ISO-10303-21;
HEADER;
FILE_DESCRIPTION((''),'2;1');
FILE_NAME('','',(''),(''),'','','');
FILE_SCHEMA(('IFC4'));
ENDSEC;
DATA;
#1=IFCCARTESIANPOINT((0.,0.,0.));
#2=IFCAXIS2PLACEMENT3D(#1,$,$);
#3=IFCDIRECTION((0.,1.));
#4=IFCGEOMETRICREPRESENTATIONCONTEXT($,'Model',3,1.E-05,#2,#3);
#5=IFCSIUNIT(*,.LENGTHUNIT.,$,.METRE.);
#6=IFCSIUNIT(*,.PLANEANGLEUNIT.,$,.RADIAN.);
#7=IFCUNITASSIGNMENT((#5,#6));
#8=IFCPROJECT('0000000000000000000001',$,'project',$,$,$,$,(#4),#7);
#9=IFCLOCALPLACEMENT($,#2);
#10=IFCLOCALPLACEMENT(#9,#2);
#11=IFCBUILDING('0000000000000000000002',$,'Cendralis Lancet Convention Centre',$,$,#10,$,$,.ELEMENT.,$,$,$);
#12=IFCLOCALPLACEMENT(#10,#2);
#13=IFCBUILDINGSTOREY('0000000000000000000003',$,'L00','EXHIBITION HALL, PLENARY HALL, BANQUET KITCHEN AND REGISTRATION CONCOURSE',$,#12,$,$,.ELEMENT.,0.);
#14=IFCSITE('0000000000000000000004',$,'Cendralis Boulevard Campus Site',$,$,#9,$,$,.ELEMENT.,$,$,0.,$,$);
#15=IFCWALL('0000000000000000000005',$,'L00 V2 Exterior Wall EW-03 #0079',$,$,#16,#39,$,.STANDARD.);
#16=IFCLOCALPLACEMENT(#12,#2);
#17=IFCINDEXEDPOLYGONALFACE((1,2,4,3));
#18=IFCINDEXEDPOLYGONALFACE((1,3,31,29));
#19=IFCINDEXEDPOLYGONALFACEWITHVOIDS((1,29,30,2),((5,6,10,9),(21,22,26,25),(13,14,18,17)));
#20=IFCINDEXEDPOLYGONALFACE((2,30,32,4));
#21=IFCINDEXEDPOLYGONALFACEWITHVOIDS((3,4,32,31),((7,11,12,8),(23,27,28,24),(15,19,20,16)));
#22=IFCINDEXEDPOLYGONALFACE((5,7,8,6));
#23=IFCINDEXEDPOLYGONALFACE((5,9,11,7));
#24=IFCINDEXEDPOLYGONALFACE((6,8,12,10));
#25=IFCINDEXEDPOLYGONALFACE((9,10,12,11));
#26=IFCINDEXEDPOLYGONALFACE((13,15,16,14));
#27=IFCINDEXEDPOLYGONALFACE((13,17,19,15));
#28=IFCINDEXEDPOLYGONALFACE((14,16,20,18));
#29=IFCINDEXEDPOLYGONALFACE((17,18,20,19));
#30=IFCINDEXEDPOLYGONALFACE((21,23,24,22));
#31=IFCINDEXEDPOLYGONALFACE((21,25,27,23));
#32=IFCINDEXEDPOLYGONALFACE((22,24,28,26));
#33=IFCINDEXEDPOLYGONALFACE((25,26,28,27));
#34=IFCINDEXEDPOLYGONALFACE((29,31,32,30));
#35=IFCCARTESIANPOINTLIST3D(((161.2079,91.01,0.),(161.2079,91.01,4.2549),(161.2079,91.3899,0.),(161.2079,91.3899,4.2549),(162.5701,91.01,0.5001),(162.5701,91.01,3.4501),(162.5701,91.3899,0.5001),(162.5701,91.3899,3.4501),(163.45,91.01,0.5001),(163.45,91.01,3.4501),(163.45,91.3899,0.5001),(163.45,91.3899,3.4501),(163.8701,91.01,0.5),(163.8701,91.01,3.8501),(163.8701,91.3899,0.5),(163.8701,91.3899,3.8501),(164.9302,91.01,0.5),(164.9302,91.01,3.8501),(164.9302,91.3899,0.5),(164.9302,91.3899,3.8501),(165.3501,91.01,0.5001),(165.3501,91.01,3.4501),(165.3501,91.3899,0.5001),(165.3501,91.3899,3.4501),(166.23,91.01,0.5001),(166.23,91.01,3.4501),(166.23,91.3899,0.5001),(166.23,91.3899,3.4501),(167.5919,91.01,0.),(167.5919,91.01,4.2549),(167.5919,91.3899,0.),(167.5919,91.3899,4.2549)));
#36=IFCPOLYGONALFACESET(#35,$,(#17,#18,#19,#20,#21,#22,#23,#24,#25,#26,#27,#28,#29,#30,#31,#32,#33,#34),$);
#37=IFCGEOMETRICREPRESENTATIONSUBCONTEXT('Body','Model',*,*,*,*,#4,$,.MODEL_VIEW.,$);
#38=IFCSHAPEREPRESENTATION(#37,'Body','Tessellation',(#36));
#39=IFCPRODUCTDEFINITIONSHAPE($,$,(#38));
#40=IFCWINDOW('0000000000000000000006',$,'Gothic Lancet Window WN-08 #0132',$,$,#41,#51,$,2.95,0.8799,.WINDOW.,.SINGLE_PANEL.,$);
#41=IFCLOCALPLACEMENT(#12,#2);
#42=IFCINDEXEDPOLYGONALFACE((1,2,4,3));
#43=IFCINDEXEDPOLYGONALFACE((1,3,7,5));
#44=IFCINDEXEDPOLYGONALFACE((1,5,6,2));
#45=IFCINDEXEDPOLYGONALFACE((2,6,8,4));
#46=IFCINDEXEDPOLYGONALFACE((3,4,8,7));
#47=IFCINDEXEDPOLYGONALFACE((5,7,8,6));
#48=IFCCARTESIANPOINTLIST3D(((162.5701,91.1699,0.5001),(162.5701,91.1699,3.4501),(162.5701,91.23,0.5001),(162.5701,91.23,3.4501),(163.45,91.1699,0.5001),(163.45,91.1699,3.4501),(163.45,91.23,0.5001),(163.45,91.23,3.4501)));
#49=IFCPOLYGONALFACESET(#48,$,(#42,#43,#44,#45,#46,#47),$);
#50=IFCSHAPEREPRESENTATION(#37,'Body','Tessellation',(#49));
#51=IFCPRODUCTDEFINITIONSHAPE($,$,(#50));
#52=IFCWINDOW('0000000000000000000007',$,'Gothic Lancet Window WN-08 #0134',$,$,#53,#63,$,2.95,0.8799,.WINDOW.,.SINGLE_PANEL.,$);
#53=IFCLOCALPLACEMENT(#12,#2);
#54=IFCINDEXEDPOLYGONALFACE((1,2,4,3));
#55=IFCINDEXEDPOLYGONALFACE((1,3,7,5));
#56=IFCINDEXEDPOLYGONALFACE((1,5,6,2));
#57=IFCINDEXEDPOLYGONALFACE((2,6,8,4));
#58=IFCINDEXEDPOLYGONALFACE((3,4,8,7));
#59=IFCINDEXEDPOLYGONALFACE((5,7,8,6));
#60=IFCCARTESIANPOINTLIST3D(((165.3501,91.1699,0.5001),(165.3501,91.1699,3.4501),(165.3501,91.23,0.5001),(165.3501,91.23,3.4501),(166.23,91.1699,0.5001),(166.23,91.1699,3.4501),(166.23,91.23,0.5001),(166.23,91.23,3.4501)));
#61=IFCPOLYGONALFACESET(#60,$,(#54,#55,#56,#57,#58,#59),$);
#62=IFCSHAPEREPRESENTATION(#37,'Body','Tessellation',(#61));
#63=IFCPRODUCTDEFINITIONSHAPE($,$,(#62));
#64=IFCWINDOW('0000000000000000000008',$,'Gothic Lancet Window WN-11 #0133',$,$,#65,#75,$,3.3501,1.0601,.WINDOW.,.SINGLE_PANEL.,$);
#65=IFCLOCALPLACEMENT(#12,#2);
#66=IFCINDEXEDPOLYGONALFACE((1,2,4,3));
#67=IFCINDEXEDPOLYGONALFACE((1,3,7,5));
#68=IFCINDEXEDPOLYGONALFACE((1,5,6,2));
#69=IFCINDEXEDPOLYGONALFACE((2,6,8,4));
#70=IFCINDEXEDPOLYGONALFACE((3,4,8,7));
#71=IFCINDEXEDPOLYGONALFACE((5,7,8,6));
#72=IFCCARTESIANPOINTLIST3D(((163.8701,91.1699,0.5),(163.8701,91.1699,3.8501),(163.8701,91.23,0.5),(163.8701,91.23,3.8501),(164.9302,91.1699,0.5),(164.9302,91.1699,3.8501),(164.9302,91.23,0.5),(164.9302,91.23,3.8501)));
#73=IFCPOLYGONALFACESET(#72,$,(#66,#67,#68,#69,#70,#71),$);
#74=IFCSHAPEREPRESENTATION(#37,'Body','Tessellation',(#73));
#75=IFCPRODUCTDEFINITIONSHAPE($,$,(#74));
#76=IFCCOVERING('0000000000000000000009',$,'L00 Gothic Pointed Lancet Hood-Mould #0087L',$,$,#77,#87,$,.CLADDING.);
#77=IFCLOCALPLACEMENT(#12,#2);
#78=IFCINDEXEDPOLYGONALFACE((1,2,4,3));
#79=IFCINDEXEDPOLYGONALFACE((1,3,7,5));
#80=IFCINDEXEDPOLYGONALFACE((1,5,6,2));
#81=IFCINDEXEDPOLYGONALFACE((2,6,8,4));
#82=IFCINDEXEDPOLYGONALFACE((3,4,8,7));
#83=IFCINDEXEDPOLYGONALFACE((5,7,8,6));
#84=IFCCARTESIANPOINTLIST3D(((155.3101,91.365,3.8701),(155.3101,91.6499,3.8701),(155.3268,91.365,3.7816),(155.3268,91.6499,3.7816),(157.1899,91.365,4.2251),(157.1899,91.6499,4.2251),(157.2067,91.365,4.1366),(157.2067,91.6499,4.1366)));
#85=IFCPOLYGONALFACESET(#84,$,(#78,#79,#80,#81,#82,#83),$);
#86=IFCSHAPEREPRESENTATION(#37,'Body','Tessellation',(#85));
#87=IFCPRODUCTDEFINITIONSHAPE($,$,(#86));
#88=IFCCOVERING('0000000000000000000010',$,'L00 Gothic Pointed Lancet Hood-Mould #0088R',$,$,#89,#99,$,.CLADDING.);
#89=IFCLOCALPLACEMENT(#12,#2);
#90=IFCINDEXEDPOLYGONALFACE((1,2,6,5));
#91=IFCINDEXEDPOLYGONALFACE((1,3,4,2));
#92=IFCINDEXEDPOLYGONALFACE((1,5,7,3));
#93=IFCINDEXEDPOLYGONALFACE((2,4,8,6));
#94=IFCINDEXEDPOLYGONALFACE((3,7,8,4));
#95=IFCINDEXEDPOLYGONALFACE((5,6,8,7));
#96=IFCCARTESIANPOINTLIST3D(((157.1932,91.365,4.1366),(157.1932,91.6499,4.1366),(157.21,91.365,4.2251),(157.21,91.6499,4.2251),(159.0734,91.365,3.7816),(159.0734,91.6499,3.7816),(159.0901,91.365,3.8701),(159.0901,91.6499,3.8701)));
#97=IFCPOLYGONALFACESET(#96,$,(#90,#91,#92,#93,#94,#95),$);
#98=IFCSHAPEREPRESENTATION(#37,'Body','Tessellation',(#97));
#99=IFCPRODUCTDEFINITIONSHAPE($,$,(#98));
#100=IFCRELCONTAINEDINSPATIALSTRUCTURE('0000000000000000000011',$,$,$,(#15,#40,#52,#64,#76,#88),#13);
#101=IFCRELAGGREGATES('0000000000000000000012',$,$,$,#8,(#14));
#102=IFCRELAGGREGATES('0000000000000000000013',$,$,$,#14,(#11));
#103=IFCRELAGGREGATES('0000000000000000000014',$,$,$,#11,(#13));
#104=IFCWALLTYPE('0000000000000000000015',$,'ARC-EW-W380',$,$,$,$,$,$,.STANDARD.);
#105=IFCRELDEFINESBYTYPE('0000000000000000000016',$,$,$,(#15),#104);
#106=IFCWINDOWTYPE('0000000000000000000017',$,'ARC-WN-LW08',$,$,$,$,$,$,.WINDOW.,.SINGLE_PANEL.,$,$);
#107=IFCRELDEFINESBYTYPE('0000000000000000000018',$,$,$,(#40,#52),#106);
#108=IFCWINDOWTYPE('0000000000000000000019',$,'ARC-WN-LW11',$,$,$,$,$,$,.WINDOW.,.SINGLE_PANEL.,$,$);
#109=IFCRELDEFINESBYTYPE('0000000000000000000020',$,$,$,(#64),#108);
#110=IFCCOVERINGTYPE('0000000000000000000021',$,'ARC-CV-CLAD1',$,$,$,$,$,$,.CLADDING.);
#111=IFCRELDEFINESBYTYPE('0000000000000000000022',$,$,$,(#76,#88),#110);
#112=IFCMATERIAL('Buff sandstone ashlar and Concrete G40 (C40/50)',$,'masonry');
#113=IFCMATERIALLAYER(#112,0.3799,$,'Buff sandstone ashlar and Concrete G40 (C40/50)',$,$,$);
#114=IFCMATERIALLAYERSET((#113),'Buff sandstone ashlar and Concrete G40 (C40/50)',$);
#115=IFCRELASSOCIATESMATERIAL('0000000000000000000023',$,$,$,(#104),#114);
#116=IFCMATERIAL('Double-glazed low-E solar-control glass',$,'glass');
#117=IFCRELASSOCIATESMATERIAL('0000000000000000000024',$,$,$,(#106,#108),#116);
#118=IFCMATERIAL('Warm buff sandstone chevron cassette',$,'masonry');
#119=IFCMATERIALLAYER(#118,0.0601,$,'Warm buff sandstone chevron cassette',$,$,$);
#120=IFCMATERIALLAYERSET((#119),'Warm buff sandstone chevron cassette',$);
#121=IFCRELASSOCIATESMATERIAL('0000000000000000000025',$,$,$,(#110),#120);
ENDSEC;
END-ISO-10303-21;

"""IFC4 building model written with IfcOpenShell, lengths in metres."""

from ifc_helpers import new_model, si_unit, direction, frame, frame_2d, origin, place, context, subcontext, project, spatial, polyline, rectangle, outline, extrude, material, layer, layer_set, type_object, element, fill, save


model = new_model("IFC4")

# Units and contexts
model_context = context("Model", 3, precision=1e-05, world=origin(), true_north=direction((0.0, 1.0)))
body_context = subcontext(model_context, "Body", "Model", "MODEL_VIEW")
ifc_project = project(units=[si_unit("LENGTHUNIT", "METRE"), si_unit("PLANEANGLEUNIT", "RADIAN")], contexts=[model_context])

# Site, building, storey
site_placement = place(None, origin())
site = spatial("IfcSite", under=ifc_project, at=site_placement, Name="Cendralis Boulevard Campus Site", CompositionType="ELEMENT", RefElevation=0.0)
building_placement = place(site_placement, origin())
building = spatial("IfcBuilding", under=site, at=building_placement, Name="Cendralis Lancet Convention Centre", CompositionType="ELEMENT")
storey_placement = place(building_placement, origin())
storey = spatial("IfcBuildingStorey", under=building, at=storey_placement, Name="L00", Description="EXHIBITION HALL, PLENARY HALL, BANQUET KITCHEN AND REGISTRATION CONCOURSE", CompositionType="ELEMENT", Elevation=0.0)

# Wall, openings, windows
ifc_material_1 = material(Name="Buff sandstone ashlar and Concrete G40 (C40/50)", Category="masonry")
ifc_layer_1 = layer(ifc_material_1, 0.3799, Name="Buff sandstone ashlar and Concrete G40 (C40/50)")
ifc_layer_set_1 = layer_set([ifc_layer_1], Name="Buff sandstone ashlar and Concrete G40 (C40/50)")
wall_type = type_object("IfcWallType", Name="ARC-EW-W380", PredefinedType="STANDARD", material=ifc_layer_set_1)
wall_placement = place(storey_placement, frame((161.208, 91.2, 0.0), z_axis=(0.0, 0.0, 1.0), x_axis=(1.0, 0.0, 0.0)))
wall = element("IfcWall", 1, at=wall_placement, inside=storey, type_object=wall_type, Name="L00 V2 Exterior Wall EW-03 #0079", PredefinedType="STANDARD", context=body_context, shape_type="SweptSolid", body=[
    extrude(rectangle(XDim=6.384, YDim=0.3799, at=frame_2d((3.1919, 0.0))), origin(), (0.0, 0.0, 1.0), 4.2549),
])
opening_1_placement = place(wall_placement, frame((1.3621, 0.0, 0.5)))
opening_1 = element("IfcOpeningElement", 2, at=opening_1_placement, cuts=wall, PredefinedType="OPENING", context=body_context, shape_type="SweptSolid", body=[
    extrude(rectangle(XDim=0.8799, YDim=2.95, at=frame_2d((0.4399, 1.4751))), frame((0.0, 0.2, 0.0), z_axis=(0.0, -1.0, 0.0), x_axis=(1.0, 0.0, 0.0)), (0.0, 0.0, 1.0), 0.3999),
])
opening_2_placement = place(wall_placement, frame((2.6621, 0.0, 0.5)))
opening_2 = element("IfcOpeningElement", 3, at=opening_2_placement, cuts=wall, PredefinedType="OPENING", context=body_context, shape_type="SweptSolid", body=[
    extrude(rectangle(XDim=1.0601, YDim=3.3501, at=frame_2d((0.53, 1.675))), frame((0.0, 0.2, 0.0), z_axis=(0.0, -1.0, 0.0), x_axis=(1.0, 0.0, 0.0)), (0.0, 0.0, 1.0), 0.3999),
])
opening_3_placement = place(wall_placement, frame((4.1421, 0.0, 0.5)))
opening_3 = element("IfcOpeningElement", 4, at=opening_3_placement, cuts=wall, PredefinedType="OPENING", context=body_context, shape_type="SweptSolid", body=[
    extrude(rectangle(XDim=0.8799, YDim=2.95, at=frame_2d((0.4399, 1.4751))), frame((0.0, 0.2, 0.0), z_axis=(0.0, -1.0, 0.0), x_axis=(1.0, 0.0, 0.0)), (0.0, 0.0, 1.0), 0.3999),
])
ifc_material_2 = material(Name="Double-glazed low-E solar-control glass", Category="glass")
window_type_1 = type_object("IfcWindowType", Name="ARC-WN-LW08", PartitioningType="SINGLE_PANEL", PredefinedType="WINDOW", material=ifc_material_2)
window_1_placement = place(opening_1_placement, origin())
window_1 = element("IfcWindow", 5, at=window_1_placement, inside=storey, type_object=window_type_1, Name="Gothic Lancet Window WN-08 #0132", OverallHeight=2.95, OverallWidth=0.8799, PartitioningType="SINGLE_PANEL", PredefinedType="WINDOW", context=body_context, shape_type="SweptSolid", body=[
    extrude(rectangle(XDim=0.8799, YDim=2.95, at=frame_2d((0.4399, 1.4751))), frame((0.0, 0.03, 0.0), z_axis=(0.0, -1.0, 0.0), x_axis=(1.0, 0.0, 0.0)), (0.0, 0.0, 1.0), 0.0601),
])
fill(opening_1, window_1)
window_2_placement = place(opening_3_placement, origin())
window_2 = element("IfcWindow", 6, at=window_2_placement, inside=storey, type_object=window_type_1, Name="Gothic Lancet Window WN-08 #0134", OverallHeight=2.95, OverallWidth=0.8799, PartitioningType="SINGLE_PANEL", PredefinedType="WINDOW", context=body_context, shape_type="SweptSolid", body=[
    extrude(rectangle(XDim=0.8799, YDim=2.95, at=frame_2d((0.4399, 1.4751))), frame((0.0, 0.03, 0.0), z_axis=(0.0, -1.0, 0.0), x_axis=(1.0, 0.0, 0.0)), (0.0, 0.0, 1.0), 0.0601),
])
fill(opening_3, window_2)
window_type_2 = type_object("IfcWindowType", Name="ARC-WN-LW11", PartitioningType="SINGLE_PANEL", PredefinedType="WINDOW", material=ifc_material_2)
window_3_placement = place(opening_2_placement, origin())
window_3 = element("IfcWindow", 7, at=window_3_placement, inside=storey, type_object=window_type_2, Name="Gothic Lancet Window WN-11 #0133", OverallHeight=3.3501, OverallWidth=1.0601, PartitioningType="SINGLE_PANEL", PredefinedType="WINDOW", context=body_context, shape_type="SweptSolid", body=[
    extrude(rectangle(XDim=1.0601, YDim=3.3501, at=frame_2d((0.53, 1.675))), frame((0.0, 0.03, 0.0), z_axis=(0.0, -1.0, 0.0), x_axis=(1.0, 0.0, 0.0)), (0.0, 0.0, 1.0), 0.0601),
])
fill(opening_2, window_3)

# Coverings
ifc_material_3 = material(Name="Warm buff sandstone chevron cassette", Category="masonry")
ifc_layer_2 = layer(ifc_material_3, 0.0601, Name="Warm buff sandstone chevron cassette")
ifc_layer_set_2 = layer_set([ifc_layer_2], Name="Warm buff sandstone chevron cassette")
covering_type = type_object("IfcCoveringType", Name="ARC-CV-CLAD1", PredefinedType="CLADDING", material=ifc_layer_set_2)
covering_1_placement = place(storey_placement, frame((155.3101, 91.6499, 3.8701), z_axis=(-0.185552, 0.0, 0.982634), x_axis=(0.0, -1.0, 0.0)))
element("IfcCovering", 8, at=covering_1_placement, inside=storey, type_object=covering_type, Name="L00 Gothic Pointed Lancet Hood-Mould #0087L", PredefinedType="CLADDING", context=body_context, shape_type="SweptSolid", body=[
    extrude(outline(polyline([(0.0, 0.0), (0.2849, 0.0), (0.2849, 1.9131), (0.0, 1.9131), (0.0, 0.0)])), origin(), (0.0, 0.0, -1.0), 0.0901),
])
covering_2_placement = place(storey_placement, frame((157.21, 91.6499, 4.2251), z_axis=(0.185529, 0.0, 0.982639), x_axis=(0.0, -1.0, 0.0)))
element("IfcCovering", 9, at=covering_2_placement, inside=storey, type_object=covering_type, Name="L00 Gothic Pointed Lancet Hood-Mould #0088R", PredefinedType="CLADDING", context=body_context, shape_type="SweptSolid", body=[
    extrude(outline(polyline([(0.0, 0.0), (0.2849, 0.0), (0.2849, 1.9133), (0.0, 1.9133), (0.0, 0.0)])), origin(), (0.0, 0.0, -1.0), 0.0901),
])

save(model, "model.ifc")
